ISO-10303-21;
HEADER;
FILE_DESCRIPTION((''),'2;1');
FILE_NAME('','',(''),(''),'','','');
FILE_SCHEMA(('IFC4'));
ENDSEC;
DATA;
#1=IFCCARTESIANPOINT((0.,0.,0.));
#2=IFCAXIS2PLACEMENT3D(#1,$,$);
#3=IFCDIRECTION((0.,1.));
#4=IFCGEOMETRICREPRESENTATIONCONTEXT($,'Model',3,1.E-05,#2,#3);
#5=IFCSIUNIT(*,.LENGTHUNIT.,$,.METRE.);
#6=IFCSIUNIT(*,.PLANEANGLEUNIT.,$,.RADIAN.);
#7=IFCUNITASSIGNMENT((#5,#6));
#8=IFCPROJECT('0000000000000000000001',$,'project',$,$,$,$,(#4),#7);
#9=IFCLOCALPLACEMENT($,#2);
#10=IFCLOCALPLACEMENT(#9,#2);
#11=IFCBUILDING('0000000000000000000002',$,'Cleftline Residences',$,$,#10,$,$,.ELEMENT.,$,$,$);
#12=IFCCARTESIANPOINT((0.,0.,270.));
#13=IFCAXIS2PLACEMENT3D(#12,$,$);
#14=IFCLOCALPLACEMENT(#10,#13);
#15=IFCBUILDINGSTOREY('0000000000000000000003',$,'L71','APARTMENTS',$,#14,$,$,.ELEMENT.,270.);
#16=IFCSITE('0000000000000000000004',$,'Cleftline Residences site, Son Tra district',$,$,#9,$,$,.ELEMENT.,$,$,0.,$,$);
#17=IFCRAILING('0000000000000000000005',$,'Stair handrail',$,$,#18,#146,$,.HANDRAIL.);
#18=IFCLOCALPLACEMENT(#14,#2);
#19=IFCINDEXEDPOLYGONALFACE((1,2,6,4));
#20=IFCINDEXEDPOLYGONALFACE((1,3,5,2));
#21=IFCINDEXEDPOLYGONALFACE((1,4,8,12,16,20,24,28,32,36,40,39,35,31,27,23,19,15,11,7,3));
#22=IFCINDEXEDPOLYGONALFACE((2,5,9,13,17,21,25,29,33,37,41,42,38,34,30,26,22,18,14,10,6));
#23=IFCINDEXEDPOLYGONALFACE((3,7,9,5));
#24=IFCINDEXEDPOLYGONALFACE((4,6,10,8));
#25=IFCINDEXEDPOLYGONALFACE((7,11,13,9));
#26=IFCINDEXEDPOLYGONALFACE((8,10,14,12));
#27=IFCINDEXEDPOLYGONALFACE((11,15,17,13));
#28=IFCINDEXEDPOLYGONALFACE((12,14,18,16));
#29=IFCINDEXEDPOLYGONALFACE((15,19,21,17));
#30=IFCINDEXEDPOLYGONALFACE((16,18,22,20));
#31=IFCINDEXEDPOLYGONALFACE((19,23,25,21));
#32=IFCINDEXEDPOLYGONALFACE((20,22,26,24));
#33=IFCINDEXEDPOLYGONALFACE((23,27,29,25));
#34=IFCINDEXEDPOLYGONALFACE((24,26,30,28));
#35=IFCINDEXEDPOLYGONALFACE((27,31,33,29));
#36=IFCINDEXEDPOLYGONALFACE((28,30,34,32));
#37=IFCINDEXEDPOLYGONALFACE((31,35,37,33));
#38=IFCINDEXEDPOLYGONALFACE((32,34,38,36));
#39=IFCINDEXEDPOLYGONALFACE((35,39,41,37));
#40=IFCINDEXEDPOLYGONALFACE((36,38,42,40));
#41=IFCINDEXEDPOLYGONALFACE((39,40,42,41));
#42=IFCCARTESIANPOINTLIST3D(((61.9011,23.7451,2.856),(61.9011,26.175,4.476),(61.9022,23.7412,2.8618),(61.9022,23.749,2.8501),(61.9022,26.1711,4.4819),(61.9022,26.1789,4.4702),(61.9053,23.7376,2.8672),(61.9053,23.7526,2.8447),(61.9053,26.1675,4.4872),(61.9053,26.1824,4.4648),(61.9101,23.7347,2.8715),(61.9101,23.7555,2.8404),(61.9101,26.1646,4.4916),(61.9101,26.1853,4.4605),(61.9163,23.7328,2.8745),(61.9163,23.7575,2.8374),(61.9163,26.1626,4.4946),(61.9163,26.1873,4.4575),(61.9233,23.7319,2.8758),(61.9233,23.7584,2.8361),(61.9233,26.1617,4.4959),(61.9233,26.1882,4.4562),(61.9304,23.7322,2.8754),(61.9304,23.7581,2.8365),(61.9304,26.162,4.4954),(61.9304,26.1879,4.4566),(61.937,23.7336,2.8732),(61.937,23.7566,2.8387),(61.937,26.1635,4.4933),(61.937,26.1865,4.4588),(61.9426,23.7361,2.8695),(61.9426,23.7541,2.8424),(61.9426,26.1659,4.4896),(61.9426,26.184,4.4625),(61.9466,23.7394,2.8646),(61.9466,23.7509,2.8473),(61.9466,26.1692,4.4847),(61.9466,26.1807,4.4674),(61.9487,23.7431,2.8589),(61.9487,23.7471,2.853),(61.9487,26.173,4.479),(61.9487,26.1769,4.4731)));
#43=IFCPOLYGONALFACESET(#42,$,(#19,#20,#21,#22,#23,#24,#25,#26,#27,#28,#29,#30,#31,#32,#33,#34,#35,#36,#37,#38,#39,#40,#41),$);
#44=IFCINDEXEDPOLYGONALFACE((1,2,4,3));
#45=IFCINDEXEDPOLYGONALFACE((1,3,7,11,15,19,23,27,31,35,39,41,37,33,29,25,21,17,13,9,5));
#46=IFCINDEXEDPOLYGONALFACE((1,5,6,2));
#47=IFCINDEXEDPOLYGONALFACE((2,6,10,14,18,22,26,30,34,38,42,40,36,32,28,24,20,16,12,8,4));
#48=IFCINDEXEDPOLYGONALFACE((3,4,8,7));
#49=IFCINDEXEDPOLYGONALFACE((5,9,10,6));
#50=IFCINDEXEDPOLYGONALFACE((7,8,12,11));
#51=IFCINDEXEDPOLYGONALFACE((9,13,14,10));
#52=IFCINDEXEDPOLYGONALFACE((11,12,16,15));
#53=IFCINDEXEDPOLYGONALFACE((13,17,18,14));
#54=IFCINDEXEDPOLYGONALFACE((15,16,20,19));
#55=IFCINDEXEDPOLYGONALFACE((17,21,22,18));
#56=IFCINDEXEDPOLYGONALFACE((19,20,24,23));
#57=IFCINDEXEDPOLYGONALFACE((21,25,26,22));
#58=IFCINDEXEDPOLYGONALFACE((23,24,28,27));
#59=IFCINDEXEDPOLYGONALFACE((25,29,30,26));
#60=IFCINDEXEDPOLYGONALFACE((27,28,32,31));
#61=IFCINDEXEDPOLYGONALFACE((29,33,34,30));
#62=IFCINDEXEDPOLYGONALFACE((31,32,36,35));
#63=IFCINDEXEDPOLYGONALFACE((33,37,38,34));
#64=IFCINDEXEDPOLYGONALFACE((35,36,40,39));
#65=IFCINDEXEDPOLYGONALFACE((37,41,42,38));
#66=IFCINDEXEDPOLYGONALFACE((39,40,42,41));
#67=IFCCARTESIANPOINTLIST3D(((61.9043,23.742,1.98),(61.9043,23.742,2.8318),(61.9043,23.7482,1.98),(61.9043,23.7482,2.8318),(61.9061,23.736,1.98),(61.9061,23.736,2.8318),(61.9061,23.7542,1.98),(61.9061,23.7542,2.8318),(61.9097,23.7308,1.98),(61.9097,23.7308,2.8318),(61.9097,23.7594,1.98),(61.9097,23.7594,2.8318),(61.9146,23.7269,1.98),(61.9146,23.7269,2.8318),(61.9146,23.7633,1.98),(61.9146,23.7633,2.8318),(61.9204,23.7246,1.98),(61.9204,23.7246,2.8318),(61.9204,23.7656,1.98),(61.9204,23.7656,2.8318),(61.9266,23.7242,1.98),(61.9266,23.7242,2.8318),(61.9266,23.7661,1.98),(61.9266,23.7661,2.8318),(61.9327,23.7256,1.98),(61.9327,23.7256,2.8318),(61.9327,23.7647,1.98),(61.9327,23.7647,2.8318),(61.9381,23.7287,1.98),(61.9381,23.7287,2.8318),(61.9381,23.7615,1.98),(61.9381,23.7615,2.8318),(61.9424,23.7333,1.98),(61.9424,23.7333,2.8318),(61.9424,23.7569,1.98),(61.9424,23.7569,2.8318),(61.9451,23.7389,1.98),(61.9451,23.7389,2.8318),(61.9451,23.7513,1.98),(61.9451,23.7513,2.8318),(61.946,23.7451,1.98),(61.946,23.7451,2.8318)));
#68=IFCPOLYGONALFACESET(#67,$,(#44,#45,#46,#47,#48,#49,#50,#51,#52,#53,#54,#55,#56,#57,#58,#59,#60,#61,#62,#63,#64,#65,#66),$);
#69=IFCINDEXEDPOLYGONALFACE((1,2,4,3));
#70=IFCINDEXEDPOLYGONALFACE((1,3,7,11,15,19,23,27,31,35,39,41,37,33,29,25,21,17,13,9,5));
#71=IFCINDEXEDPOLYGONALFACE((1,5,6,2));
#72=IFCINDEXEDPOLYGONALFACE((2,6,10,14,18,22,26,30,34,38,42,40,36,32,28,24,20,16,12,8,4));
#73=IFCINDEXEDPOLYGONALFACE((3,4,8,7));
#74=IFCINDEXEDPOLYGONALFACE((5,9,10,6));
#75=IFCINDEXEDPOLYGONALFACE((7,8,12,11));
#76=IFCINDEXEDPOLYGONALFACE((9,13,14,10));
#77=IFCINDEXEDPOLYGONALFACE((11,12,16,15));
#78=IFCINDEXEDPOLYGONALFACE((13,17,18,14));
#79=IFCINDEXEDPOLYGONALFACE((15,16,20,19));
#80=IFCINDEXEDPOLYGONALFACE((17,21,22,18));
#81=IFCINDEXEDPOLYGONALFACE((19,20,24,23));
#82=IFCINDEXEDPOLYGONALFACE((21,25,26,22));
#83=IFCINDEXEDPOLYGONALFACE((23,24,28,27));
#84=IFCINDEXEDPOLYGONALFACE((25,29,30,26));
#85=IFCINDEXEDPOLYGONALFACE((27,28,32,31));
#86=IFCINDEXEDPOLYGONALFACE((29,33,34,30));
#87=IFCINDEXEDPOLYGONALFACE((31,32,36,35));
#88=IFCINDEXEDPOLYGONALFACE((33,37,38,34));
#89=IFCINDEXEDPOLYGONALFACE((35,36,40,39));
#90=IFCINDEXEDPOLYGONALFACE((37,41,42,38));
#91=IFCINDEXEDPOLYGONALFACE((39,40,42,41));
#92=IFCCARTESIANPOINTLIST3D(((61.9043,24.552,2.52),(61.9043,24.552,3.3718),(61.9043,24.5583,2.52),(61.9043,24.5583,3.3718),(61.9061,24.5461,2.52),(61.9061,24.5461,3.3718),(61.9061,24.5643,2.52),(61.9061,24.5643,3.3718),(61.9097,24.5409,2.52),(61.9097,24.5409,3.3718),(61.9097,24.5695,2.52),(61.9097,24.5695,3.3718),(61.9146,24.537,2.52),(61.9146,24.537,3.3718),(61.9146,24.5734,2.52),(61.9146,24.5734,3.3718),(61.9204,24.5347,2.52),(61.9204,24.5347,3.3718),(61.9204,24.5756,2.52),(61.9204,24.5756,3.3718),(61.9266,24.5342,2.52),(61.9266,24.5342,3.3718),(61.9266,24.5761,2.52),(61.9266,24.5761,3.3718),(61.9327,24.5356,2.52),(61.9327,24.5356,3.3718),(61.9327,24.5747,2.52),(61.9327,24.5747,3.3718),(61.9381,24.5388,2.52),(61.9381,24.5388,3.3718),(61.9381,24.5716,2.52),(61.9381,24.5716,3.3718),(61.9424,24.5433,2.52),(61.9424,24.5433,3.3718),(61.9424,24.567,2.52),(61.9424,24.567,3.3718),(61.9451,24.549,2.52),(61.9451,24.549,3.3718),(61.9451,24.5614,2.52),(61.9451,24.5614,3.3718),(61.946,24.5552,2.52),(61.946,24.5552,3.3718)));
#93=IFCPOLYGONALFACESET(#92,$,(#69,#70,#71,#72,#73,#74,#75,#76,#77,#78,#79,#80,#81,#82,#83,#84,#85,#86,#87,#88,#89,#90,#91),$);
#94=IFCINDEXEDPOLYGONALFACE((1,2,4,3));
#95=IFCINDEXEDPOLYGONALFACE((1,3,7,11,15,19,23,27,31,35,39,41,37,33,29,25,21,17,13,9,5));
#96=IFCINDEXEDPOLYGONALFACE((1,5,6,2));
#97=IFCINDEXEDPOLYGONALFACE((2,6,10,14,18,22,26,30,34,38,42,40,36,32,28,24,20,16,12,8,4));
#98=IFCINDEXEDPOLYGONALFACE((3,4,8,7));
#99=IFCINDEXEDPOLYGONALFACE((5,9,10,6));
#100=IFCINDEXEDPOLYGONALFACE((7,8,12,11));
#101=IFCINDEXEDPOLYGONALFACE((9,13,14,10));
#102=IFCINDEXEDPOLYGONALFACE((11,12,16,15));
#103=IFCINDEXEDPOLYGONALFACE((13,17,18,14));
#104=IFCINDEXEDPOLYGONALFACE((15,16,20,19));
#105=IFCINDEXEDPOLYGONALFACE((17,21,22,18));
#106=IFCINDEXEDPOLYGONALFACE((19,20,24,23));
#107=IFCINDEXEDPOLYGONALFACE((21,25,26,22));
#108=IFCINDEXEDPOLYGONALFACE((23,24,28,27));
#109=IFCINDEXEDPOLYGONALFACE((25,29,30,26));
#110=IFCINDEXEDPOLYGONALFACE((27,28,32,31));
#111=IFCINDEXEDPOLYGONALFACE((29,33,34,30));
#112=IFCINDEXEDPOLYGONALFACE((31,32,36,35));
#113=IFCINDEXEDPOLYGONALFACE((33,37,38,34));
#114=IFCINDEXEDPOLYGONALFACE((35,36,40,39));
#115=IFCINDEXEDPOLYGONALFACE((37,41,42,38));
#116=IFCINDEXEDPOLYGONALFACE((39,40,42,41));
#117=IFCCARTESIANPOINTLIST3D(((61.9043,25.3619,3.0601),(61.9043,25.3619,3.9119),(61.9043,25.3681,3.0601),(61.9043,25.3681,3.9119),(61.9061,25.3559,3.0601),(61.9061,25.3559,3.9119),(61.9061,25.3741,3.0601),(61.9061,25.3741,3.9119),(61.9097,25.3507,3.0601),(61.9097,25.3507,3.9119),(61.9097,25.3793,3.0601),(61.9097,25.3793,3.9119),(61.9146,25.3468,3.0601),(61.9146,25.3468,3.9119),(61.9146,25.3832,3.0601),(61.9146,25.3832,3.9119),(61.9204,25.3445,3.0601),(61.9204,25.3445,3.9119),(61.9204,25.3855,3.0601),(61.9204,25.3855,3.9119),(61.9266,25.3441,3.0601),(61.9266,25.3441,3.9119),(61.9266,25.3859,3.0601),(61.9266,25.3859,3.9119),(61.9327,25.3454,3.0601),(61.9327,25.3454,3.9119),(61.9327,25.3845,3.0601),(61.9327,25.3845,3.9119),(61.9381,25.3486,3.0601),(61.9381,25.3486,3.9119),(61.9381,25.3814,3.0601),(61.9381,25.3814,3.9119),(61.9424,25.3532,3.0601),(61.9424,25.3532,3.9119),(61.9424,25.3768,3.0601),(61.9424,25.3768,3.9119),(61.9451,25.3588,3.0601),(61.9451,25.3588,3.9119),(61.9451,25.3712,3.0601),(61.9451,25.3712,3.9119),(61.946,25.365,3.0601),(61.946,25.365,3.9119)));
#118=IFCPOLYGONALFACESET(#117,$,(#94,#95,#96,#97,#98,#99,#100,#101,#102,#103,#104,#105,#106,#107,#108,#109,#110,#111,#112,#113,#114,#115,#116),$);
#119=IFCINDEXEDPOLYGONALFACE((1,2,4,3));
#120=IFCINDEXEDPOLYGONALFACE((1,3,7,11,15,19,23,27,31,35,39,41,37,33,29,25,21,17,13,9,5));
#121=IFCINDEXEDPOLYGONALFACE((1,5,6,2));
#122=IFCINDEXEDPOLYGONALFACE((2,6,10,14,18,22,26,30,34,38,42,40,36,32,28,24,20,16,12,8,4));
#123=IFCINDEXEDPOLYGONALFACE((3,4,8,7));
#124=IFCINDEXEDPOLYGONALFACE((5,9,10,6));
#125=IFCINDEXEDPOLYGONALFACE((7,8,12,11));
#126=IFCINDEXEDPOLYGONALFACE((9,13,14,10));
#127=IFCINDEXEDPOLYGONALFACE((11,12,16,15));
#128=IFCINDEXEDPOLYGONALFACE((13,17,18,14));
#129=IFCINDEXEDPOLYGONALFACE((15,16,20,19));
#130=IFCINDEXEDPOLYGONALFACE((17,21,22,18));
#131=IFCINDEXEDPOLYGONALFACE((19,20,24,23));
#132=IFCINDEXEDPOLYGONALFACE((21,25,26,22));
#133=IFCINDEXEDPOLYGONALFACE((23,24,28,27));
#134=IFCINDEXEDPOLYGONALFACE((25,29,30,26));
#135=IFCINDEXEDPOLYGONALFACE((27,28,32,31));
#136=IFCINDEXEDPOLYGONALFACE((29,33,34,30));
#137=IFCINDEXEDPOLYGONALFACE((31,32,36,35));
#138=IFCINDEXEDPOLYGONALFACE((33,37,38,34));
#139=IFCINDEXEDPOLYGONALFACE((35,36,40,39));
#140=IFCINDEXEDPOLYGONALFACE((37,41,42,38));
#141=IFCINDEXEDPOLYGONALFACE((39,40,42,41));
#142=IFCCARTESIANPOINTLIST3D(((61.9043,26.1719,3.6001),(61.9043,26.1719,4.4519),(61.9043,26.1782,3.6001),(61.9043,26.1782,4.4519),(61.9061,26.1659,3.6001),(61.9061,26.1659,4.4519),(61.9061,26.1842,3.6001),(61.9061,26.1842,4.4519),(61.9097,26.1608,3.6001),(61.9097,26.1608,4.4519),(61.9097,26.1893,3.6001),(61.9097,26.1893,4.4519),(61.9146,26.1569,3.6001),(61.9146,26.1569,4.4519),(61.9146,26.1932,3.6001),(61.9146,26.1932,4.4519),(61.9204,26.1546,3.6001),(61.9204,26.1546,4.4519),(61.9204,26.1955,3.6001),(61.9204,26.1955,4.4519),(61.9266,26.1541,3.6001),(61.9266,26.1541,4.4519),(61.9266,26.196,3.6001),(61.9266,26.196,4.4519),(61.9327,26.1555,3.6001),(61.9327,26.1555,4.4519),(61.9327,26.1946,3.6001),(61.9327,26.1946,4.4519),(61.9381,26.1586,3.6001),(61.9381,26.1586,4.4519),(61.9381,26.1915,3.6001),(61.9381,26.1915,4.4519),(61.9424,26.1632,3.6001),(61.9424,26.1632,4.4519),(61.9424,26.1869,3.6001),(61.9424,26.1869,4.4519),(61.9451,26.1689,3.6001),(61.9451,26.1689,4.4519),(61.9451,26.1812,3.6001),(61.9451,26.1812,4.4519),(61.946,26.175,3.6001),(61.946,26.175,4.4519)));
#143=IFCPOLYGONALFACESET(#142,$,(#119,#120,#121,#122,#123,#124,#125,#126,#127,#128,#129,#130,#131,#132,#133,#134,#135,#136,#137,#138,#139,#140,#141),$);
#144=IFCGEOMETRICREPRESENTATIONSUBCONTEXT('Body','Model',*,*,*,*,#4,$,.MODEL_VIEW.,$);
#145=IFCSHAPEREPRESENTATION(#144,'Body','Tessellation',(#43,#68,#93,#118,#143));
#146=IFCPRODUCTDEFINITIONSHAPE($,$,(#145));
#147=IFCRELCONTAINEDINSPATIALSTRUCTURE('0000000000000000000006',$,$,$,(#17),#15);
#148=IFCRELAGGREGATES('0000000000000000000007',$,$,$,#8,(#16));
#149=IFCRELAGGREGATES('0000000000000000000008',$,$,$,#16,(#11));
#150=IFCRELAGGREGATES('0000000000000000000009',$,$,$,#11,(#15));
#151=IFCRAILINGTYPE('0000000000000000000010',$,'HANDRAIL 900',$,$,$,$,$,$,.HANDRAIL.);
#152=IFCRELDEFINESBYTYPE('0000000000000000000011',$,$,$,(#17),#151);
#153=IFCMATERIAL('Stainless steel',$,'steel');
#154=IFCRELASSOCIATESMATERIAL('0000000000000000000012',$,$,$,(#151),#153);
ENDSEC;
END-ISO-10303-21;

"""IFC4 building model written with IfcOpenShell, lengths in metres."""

from ifc_helpers import new_model, si_unit, direction, frame, origin, origin_2d, place, context, subcontext, project, spatial, circle, extrude, material, type_object, element, save


model = new_model("IFC4")

# Units and contexts
model_context = context("Model", 3, precision=1e-05, world=origin(), true_north=direction((0.0, 1.0)))
body_context = subcontext(model_context, "Body", "Model", "MODEL_VIEW")
ifc_project = project(units=[si_unit("LENGTHUNIT", "METRE"), si_unit("PLANEANGLEUNIT", "RADIAN")], contexts=[model_context])

# Site, building, storey
site_placement = place(None, origin())
site = spatial("IfcSite", under=ifc_project, at=site_placement, Name="Cleftline Residences site, Son Tra district", CompositionType="ELEMENT", RefElevation=0.0)
building_placement = place(site_placement, origin())
building = spatial("IfcBuilding", under=site, at=building_placement, Name="Cleftline Residences", CompositionType="ELEMENT")
storey_placement = place(building_placement, frame((0.0, 0.0, 270.0)))
storey = spatial("IfcBuildingStorey", under=building, at=storey_placement, Name="L71", Description="APARTMENTS", CompositionType="ELEMENT", Elevation=270.0)

# Railing
ifc_material_1 = material(Name="Stainless steel", Category="steel")
railing_type = type_object("IfcRailingType", Name="HANDRAIL 900", PredefinedType="HANDRAIL", material=ifc_material_1)
railing_placement = place(storey_placement, frame((61.925, 23.7451, 1.98)))
element("IfcRailing", 1, at=railing_placement, inside=storey, type_object=railing_type, Name="Stair handrail", PredefinedType="HANDRAIL", context=body_context, shape_type="SweptSolid", body=[
    extrude(circle(Radius=0.0239, at=origin_2d()), frame((0.0, 0.0, 0.876), z_axis=(0.0, 0.832025, 0.554739), x_axis=(-1.0, 0.0, 0.0)), (0.0, 0.0, 1.0), 2.9204),
    extrude(circle(Radius=0.021, at=origin_2d()), origin(), (0.0, 0.0, 1.0), 0.8518),
    extrude(circle(Radius=0.021, at=origin_2d()), frame((0.0, 0.8101, 0.54)), (0.0, 0.0, 1.0), 0.8518),
    extrude(circle(Radius=0.021, at=origin_2d()), frame((0.0, 1.6199, 1.0801)), (0.0, 0.0, 1.0), 0.8518),
    extrude(circle(Radius=0.021, at=origin_2d()), frame((0.0, 2.4299, 1.6201)), (0.0, 0.0, 1.0), 0.8518),
])

save(model, "model.ifc")
